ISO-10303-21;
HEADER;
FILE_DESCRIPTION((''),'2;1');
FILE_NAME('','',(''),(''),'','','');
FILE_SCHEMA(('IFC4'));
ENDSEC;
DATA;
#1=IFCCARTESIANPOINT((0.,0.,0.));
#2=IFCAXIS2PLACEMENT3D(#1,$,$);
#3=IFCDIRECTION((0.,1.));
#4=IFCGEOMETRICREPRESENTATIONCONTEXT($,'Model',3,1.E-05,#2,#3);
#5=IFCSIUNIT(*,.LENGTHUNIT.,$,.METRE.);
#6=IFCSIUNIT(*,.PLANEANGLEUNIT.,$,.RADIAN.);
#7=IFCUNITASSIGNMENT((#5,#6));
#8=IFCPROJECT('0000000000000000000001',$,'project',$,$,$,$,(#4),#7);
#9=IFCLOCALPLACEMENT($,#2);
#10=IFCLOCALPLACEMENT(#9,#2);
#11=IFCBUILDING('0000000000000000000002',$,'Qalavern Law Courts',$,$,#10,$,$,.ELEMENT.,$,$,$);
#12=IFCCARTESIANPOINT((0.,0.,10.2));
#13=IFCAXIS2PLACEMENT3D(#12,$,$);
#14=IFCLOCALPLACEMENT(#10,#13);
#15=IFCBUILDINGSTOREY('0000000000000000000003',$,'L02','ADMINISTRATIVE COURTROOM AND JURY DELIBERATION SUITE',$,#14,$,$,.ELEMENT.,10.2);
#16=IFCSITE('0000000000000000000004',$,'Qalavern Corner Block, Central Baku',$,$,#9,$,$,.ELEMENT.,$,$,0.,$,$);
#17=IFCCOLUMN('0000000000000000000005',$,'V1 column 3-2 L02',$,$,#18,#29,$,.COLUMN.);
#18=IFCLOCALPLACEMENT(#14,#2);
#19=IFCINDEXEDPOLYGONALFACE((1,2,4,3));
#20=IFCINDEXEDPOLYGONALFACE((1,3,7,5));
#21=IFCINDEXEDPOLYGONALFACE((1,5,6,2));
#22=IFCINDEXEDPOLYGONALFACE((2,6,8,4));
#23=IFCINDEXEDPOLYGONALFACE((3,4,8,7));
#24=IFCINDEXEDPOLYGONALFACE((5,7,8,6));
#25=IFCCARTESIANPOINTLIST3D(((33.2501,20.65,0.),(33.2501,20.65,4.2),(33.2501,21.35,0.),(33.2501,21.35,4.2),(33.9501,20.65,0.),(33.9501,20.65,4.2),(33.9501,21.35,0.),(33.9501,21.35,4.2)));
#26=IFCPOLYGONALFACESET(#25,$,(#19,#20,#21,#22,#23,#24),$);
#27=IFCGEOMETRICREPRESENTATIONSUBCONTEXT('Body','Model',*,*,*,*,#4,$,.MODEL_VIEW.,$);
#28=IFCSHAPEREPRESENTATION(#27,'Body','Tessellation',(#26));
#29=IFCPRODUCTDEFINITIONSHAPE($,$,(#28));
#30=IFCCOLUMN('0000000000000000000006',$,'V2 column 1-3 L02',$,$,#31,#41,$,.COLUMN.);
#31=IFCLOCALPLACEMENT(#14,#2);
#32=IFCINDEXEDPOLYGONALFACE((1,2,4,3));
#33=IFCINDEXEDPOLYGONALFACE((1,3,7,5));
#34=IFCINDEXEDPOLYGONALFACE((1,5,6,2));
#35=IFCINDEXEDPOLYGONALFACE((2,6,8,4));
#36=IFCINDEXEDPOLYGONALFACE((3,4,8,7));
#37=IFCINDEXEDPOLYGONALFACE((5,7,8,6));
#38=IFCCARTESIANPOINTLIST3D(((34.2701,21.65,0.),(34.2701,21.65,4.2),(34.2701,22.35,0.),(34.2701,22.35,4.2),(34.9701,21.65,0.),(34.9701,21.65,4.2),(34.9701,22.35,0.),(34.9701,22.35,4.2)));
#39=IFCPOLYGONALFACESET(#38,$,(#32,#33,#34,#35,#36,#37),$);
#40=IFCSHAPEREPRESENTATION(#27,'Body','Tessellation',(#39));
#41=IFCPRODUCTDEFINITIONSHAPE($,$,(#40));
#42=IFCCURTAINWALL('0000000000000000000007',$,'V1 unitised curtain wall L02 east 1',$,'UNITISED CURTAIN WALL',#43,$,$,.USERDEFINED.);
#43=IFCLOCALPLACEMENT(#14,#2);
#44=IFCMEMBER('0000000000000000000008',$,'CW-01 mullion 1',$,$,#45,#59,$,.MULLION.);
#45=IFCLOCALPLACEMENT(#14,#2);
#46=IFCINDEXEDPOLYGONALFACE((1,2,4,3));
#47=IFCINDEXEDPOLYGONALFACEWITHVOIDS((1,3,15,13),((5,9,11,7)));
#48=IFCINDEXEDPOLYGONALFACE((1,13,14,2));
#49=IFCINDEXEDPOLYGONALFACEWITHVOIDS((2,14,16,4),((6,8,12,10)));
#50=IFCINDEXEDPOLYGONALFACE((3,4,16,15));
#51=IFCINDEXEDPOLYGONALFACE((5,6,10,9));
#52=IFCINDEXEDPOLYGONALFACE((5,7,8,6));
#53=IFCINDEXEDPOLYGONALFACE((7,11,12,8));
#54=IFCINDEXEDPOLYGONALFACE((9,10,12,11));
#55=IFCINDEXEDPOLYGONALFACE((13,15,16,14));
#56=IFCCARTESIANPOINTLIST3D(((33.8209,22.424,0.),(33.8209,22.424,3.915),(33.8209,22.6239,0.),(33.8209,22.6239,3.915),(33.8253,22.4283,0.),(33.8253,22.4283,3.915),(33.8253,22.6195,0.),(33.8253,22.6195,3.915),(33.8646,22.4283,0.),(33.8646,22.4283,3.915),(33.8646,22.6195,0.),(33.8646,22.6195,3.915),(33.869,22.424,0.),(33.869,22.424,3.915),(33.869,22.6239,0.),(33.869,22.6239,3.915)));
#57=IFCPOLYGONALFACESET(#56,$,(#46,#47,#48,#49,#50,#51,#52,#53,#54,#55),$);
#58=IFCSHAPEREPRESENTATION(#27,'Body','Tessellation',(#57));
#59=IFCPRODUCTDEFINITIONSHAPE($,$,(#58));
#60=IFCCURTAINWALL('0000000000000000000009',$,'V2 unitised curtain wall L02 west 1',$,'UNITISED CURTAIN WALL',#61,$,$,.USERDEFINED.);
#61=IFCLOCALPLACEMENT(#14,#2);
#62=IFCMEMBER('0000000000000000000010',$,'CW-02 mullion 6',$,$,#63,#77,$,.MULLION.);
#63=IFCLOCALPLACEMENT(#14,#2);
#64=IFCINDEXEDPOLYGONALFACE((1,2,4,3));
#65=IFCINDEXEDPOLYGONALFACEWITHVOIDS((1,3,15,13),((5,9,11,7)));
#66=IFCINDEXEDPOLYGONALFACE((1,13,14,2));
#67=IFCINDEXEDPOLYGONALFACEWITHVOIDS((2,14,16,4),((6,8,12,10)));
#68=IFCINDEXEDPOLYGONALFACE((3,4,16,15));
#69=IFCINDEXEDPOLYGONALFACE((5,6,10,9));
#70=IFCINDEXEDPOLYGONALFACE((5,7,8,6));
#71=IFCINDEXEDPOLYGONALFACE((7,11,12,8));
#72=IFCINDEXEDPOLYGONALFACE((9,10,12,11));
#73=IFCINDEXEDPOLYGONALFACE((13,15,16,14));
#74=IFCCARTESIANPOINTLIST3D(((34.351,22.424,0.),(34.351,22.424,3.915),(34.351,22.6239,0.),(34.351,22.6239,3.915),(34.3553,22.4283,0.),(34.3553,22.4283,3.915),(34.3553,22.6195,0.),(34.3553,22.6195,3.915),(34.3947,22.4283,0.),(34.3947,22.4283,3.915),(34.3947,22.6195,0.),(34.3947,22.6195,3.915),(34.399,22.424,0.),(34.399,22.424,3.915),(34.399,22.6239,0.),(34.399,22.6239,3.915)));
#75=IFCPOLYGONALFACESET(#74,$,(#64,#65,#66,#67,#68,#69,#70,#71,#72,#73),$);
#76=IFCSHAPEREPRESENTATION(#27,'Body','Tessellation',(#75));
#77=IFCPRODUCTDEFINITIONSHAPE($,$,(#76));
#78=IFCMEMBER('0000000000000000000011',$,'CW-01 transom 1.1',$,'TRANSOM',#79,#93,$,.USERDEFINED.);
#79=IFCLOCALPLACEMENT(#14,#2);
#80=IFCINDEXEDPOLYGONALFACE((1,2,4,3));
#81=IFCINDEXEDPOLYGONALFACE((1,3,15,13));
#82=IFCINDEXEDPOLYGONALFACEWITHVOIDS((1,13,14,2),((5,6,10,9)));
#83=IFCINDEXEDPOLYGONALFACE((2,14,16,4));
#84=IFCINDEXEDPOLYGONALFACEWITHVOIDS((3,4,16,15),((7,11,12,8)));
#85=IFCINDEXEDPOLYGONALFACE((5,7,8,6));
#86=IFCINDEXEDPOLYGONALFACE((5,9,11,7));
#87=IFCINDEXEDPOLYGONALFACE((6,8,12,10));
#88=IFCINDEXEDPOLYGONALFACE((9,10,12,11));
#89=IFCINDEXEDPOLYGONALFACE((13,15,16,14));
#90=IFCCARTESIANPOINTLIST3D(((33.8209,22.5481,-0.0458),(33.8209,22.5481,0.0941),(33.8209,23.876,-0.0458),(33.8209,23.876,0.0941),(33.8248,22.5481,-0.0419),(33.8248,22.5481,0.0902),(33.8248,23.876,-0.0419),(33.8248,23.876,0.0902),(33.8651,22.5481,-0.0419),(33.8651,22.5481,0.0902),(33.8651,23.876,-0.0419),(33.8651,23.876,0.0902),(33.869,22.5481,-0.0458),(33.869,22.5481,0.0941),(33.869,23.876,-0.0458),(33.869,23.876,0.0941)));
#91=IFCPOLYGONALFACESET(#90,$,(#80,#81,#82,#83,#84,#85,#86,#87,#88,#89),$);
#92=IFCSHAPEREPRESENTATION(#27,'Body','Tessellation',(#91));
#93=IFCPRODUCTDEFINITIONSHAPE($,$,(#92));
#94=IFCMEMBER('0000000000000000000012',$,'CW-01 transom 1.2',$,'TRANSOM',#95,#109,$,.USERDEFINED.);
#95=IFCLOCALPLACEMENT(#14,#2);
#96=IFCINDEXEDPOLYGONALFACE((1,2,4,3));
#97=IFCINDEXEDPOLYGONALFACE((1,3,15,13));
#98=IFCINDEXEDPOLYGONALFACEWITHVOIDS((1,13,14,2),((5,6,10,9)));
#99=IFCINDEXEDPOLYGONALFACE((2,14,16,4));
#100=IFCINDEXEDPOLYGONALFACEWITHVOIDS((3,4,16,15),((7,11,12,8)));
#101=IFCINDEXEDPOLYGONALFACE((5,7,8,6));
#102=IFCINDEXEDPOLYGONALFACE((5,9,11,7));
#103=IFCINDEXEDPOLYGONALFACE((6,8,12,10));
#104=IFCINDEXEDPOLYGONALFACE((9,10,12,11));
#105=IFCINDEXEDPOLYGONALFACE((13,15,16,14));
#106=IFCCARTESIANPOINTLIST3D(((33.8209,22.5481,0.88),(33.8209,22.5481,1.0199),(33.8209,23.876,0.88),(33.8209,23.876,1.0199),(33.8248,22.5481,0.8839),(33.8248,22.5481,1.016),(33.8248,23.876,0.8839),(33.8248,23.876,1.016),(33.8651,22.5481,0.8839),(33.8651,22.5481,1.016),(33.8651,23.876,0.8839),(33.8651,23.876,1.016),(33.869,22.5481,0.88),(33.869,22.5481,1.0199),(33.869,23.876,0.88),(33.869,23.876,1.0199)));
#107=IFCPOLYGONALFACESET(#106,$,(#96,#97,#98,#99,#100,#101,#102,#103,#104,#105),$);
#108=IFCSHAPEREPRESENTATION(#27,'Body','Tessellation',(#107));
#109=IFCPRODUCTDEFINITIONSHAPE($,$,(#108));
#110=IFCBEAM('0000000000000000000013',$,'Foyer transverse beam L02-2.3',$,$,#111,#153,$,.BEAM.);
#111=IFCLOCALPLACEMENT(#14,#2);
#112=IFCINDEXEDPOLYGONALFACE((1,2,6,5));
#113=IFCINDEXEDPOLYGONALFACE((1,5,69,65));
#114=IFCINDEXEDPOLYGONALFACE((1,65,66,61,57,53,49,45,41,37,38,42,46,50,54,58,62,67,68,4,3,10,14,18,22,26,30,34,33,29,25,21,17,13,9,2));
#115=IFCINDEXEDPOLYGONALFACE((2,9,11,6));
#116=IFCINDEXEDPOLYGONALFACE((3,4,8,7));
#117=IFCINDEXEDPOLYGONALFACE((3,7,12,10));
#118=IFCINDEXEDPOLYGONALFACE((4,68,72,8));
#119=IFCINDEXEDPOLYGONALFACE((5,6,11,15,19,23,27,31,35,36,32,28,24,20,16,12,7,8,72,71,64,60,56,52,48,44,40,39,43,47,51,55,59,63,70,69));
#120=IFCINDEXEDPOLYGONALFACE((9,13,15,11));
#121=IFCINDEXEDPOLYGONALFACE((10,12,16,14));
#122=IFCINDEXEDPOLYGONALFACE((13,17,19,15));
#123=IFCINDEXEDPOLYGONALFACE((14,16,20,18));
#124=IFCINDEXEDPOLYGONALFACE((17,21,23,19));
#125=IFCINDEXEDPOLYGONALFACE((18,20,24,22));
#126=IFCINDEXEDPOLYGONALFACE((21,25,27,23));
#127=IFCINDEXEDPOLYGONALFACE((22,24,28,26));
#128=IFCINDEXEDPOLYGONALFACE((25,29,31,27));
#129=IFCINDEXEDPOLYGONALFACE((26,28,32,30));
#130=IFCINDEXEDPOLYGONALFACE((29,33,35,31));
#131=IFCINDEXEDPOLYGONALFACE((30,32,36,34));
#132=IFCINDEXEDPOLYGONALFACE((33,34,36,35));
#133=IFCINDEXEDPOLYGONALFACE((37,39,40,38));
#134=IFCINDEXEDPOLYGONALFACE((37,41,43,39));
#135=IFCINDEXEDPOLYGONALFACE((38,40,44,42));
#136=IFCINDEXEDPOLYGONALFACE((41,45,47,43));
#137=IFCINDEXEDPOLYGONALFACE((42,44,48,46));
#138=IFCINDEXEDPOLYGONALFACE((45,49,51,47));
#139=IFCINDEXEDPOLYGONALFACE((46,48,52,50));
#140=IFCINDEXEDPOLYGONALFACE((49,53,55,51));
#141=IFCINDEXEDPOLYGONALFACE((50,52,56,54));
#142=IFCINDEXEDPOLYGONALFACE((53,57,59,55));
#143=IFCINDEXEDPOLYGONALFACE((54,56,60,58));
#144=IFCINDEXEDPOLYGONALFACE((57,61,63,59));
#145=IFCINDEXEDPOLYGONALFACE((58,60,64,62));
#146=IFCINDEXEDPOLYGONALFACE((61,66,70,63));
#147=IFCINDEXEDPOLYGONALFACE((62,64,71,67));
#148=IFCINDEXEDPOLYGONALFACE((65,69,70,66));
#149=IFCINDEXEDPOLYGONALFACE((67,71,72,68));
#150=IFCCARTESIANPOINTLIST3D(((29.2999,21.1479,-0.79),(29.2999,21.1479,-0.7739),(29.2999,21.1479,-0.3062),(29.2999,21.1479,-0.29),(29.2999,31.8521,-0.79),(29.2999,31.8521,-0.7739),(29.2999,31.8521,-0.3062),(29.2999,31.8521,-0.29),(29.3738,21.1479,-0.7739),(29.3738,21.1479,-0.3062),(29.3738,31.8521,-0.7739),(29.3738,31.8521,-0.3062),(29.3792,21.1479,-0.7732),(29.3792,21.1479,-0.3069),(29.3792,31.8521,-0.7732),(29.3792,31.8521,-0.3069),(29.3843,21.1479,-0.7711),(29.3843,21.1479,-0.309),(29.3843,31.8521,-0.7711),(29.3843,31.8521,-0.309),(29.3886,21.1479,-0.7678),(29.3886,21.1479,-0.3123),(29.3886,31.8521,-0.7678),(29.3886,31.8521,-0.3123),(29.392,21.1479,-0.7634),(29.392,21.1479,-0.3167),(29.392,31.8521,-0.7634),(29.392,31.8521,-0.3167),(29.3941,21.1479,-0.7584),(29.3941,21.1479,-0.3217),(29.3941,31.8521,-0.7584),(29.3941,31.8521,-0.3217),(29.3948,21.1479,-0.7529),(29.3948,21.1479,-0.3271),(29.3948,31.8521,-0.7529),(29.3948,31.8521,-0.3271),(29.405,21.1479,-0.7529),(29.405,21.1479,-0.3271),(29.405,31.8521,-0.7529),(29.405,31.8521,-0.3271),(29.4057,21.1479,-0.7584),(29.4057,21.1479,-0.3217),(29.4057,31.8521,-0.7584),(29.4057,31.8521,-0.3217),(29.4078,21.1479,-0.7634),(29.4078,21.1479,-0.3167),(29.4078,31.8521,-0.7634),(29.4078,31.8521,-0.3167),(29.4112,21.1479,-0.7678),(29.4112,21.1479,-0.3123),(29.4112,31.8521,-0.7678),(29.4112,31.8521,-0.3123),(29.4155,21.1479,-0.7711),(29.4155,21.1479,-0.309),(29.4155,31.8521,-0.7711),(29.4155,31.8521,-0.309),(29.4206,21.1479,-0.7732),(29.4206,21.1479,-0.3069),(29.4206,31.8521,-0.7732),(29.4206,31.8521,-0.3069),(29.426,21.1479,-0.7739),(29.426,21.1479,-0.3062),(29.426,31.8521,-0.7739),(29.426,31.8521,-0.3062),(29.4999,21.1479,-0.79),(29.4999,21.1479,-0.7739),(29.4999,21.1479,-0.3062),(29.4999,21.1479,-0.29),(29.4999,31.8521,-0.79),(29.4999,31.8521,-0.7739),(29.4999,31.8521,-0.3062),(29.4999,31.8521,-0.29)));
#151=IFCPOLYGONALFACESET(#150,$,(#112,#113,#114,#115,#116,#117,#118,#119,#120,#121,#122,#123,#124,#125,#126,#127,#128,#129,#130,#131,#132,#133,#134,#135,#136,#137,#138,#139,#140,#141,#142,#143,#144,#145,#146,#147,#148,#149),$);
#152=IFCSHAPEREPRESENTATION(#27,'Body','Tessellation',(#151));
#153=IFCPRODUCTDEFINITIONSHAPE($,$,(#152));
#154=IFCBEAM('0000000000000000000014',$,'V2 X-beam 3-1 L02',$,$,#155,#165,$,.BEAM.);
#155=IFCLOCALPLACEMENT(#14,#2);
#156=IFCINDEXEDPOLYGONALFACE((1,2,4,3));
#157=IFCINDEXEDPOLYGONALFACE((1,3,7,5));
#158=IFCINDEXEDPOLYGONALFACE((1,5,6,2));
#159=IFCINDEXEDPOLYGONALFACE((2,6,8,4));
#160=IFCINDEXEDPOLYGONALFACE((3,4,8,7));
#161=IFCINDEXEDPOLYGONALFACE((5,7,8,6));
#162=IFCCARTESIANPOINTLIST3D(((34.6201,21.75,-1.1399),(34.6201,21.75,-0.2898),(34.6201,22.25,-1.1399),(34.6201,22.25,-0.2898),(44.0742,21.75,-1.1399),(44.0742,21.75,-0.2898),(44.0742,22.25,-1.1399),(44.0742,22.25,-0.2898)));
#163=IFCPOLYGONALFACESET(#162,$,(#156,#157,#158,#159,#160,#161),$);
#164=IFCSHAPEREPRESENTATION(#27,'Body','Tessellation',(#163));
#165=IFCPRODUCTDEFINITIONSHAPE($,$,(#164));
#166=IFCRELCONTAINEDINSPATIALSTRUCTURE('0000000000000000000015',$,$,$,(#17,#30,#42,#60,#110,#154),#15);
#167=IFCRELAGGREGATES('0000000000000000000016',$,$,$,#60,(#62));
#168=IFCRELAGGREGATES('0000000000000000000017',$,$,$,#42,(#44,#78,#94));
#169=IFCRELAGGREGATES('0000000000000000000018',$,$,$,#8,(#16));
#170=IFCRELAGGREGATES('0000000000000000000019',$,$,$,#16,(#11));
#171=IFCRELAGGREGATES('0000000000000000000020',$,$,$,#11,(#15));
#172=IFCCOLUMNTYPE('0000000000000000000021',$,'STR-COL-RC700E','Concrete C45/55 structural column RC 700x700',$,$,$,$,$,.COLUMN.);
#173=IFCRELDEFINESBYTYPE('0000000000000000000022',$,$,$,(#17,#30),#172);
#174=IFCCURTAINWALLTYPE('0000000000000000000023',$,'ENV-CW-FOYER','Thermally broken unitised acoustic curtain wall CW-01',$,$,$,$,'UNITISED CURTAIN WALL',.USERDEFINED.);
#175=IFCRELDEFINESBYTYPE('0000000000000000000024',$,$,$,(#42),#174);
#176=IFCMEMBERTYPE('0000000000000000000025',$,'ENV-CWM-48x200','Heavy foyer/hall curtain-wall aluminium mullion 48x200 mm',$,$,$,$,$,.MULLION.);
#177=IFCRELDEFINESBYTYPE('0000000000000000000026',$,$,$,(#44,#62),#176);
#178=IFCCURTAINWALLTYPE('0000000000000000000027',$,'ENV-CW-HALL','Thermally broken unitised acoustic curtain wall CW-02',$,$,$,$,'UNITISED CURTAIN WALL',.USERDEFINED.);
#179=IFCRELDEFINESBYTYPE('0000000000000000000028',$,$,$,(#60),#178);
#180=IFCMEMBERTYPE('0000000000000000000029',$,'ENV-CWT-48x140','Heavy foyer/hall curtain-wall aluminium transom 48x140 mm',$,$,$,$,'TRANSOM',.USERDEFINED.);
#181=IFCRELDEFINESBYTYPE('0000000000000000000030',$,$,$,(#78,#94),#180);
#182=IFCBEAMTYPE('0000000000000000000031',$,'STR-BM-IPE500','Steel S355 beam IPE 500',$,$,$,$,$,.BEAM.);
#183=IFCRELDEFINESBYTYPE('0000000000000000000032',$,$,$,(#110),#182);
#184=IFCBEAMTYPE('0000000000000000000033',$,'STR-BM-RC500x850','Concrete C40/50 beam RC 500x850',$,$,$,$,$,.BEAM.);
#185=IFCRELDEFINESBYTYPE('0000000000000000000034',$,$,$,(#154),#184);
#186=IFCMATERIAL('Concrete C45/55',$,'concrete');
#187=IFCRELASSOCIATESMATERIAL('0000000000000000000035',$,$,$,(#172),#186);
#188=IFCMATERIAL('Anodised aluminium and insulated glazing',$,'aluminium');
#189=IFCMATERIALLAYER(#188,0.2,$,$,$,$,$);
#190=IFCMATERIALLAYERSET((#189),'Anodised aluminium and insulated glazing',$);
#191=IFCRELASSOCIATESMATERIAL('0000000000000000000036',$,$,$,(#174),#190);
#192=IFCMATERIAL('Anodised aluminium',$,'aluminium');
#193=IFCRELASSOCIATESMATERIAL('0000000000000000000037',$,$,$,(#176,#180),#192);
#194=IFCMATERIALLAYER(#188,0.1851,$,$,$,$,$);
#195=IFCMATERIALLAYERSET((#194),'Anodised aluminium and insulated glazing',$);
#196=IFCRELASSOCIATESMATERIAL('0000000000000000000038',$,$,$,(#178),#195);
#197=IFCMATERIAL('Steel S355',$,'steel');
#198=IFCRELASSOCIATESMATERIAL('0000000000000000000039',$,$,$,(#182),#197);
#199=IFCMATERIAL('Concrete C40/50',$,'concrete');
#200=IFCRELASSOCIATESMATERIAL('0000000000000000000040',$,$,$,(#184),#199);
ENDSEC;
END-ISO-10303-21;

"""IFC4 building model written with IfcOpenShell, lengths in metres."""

from ifc_helpers import new_model, si_unit, direction, frame, origin, origin_2d, place, context, subcontext, project, spatial, rectangle, hollow_rectangle, i_section, extrude, material, layer, layer_set, material_profile, profile_set, type_object, element, aggregate, save


model = new_model("IFC4")

# Units and contexts
model_context = context("Model", 3, precision=1e-05, world=origin(), true_north=direction((0.0, 1.0)))
body_context = subcontext(model_context, "Body", "Model", "MODEL_VIEW")
ifc_project = project(units=[si_unit("LENGTHUNIT", "METRE"), si_unit("PLANEANGLEUNIT", "RADIAN")], contexts=[model_context])

# Site, building, storey
site_placement = place(None, origin())
site = spatial("IfcSite", under=ifc_project, at=site_placement, Name="Qalavern Corner Block, Central Baku", CompositionType="ELEMENT", RefElevation=0.0)
building_placement = place(site_placement, origin())
building = spatial("IfcBuilding", under=site, at=building_placement, Name="Qalavern Law Courts", CompositionType="ELEMENT")
storey_placement = place(building_placement, frame((0.0, 0.0, 10.2)))
storey = spatial("IfcBuildingStorey", under=building, at=storey_placement, Name="L02", Description="ADMINISTRATIVE COURTROOM AND JURY DELIBERATION SUITE", CompositionType="ELEMENT", Elevation=10.2)

# Columns
ifc_material_1 = material(Name="Concrete C45/55", Category="concrete")
ifc_material_profile_1 = material_profile(ifc_material_1, rectangle(XDim=0.7, YDim=0.7, at=origin_2d()), Name="RC 700x700")
ifc_profile_set_1 = profile_set([ifc_material_profile_1], Name="Concrete C45/55")
column_type = type_object("IfcColumnType", Name="STR-COL-RC700E", Description="Concrete C45/55 structural column RC 700x700", PredefinedType="COLUMN", material=ifc_profile_set_1)
for number, where, z_axis, x_axis, name in (
    (1, (33.6001, 21.0, 0.0), (0.0, 0.0, 1.0), (1.0, 0.0, 0.0), "V1 column 3-2 L02"),
    (2, (34.6201, 22.0, 0.0), (0.0, 0.0, 1.0), (1.0, 0.0, 0.0), "V2 column 1-3 L02"),
):
    element("IfcColumn", number, at=place(storey_placement, frame(where, z_axis=z_axis, x_axis=x_axis)), inside=storey, type_object=column_type, Name=name, PredefinedType="COLUMN", context=body_context, shape_type="SweptSolid", body=[
        extrude(rectangle(XDim=0.7, YDim=0.7, at=origin_2d()), origin(), (0.0, 0.0, 1.0), 4.2),
    ])

# Curtain walls, members
ifc_material_2 = material(Name="Anodised aluminium and insulated glazing", Category="aluminium")
ifc_layer_1 = layer(ifc_material_2, 0.2)
ifc_layer_set_1 = layer_set([ifc_layer_1], Name="Anodised aluminium and insulated glazing")
curtain_wall_type_1 = type_object("IfcCurtainWallType", Name="ENV-CW-FOYER", Description="Thermally broken unitised acoustic curtain wall CW-01", ElementType="UNITISED CURTAIN WALL", PredefinedType="USERDEFINED", material=ifc_layer_set_1)
curtain_wall_1_placement = place(storey_placement, origin())
curtain_wall_1 = element("IfcCurtainWall", 3, at=curtain_wall_1_placement, inside=storey, type_object=curtain_wall_type_1, Name="V1 unitised curtain wall L02 east 1", ObjectType="UNITISED CURTAIN WALL", PredefinedType="USERDEFINED")
ifc_material_3 = material(Name="Anodised aluminium", Category="aluminium")
ifc_material_profile_2 = material_profile(ifc_material_3, hollow_rectangle(XDim=0.0481, YDim=0.2, WallThickness=0.0044, at=origin_2d()), Name="ALU MULLION 48x200")
ifc_profile_set_2 = profile_set([ifc_material_profile_2], Name="Anodised aluminium")
member_type_1 = type_object("IfcMemberType", Name="ENV-CWM-48x200", Description="Heavy foyer/hall curtain-wall aluminium mullion 48x200 mm", PredefinedType="MULLION", material=ifc_profile_set_2)
member_1_placement = place(storey_placement, frame((33.845, 22.5239, 0.0), z_axis=(0.0, 0.0, 1.0), x_axis=(-1.0, 0.0, 0.0)))
member_1 = element("IfcMember", 4, at=member_1_placement, type_object=member_type_1, Name="CW-01 mullion 1", PredefinedType="MULLION", context=body_context, shape_type="SweptSolid", body=[
    extrude(hollow_rectangle(XDim=0.0481, YDim=0.2, WallThickness=0.0044, at=origin_2d()), origin(), (0.0, 0.0, 1.0), 3.915),
])
ifc_layer_2 = layer(ifc_material_2, 0.1851)
ifc_layer_set_2 = layer_set([ifc_layer_2], Name="Anodised aluminium and insulated glazing")
curtain_wall_type_2 = type_object("IfcCurtainWallType", Name="ENV-CW-HALL", Description="Thermally broken unitised acoustic curtain wall CW-02", ElementType="UNITISED CURTAIN WALL", PredefinedType="USERDEFINED", material=ifc_layer_set_2)
curtain_wall_2_placement = place(storey_placement, origin())
curtain_wall_2 = element("IfcCurtainWall", 5, at=curtain_wall_2_placement, inside=storey, type_object=curtain_wall_type_2, Name="V2 unitised curtain wall L02 west 1", ObjectType="UNITISED CURTAIN WALL", PredefinedType="USERDEFINED")
member_2_placement = place(storey_placement, frame((34.375, 22.5239, 0.0), z_axis=(0.0, 0.0, 1.0), x_axis=(1.0, 0.0, 0.0)))
member_2 = element("IfcMember", 6, at=member_2_placement, type_object=member_type_1, Name="CW-02 mullion 6", PredefinedType="MULLION", context=body_context, shape_type="SweptSolid", body=[
    extrude(hollow_rectangle(XDim=0.0481, YDim=0.2, WallThickness=0.0044, at=origin_2d()), origin(), (0.0, 0.0, 1.0), 3.915),
])
aggregate(curtain_wall_2, [member_2])

# Members
ifc_material_profile_3 = material_profile(ifc_material_3, hollow_rectangle(XDim=0.0481, YDim=0.1399, WallThickness=0.0039, at=origin_2d()), Name="ALU TRANSOM 48x140")
ifc_profile_set_3 = profile_set([ifc_material_profile_3], Name="Anodised aluminium")
member_type_2 = type_object("IfcMemberType", Name="ENV-CWT-48x140", Description="Heavy foyer/hall curtain-wall aluminium transom 48x140 mm", ElementType="TRANSOM", PredefinedType="USERDEFINED", material=ifc_profile_set_3)
member_3_placement = place(storey_placement, frame((33.845, 22.5481, 0.0242), z_axis=(0.0, 1.0, 0.0), x_axis=(-1.0, 0.0, 0.0)))
member_3 = element("IfcMember", 7, at=member_3_placement, type_object=member_type_2, Name="CW-01 transom 1.1", ObjectType="TRANSOM", PredefinedType="USERDEFINED", context=body_context, shape_type="SweptSolid", body=[
    extrude(hollow_rectangle(XDim=0.0481, YDim=0.1399, WallThickness=0.0039, at=origin_2d()), origin(), (0.0, 0.0, 1.0), 1.3279),
])
member_4_placement = place(storey_placement, frame((33.845, 22.5481, 0.95), z_axis=(0.0, 1.0, 0.0), x_axis=(-1.0, 0.0, 0.0)))
member_4 = element("IfcMember", 8, at=member_4_placement, type_object=member_type_2, Name="CW-01 transom 1.2", ObjectType="TRANSOM", PredefinedType="USERDEFINED", context=body_context, shape_type="SweptSolid", body=[
    extrude(hollow_rectangle(XDim=0.0481, YDim=0.1399, WallThickness=0.0039, at=origin_2d()), origin(), (0.0, 0.0, 1.0), 1.3279),
])
aggregate(curtain_wall_1, [member_1, member_3, member_4])

# Beams
ifc_material_4 = material(Name="Steel S355", Category="steel")
ifc_material_profile_4 = material_profile(ifc_material_4, i_section(OverallWidth=0.2, OverallDepth=0.5, WebThickness=0.0103, FlangeThickness=0.0161, FilletRadius=0.021, at=origin_2d()), Name="IPE 500")
ifc_profile_set_4 = profile_set([ifc_material_profile_4], Name="Steel S355")
beam_type_1 = type_object("IfcBeamType", Name="STR-BM-IPE500", Description="Steel S355 beam IPE 500", PredefinedType="BEAM", material=ifc_profile_set_4)
beam_1_placement = place(storey_placement, frame((29.3999, 21.1479, -0.54), z_axis=(0.0, 1.0, 0.0), x_axis=(-1.0, 0.0, 0.0)))
element("IfcBeam", 9, at=beam_1_placement, inside=storey, type_object=beam_type_1, Name="Foyer transverse beam L02-2.3", PredefinedType="BEAM", context=body_context, shape_type="SweptSolid", body=[
    extrude(i_section(OverallWidth=0.2, OverallDepth=0.5, WebThickness=0.0103, FlangeThickness=0.0161, FilletRadius=0.021, at=origin_2d()), origin(), (0.0, 0.0, 1.0), 10.7041),
])
ifc_material_5 = material(Name="Concrete C40/50", Category="concrete")
ifc_material_profile_5 = material_profile(ifc_material_5, rectangle(XDim=0.5, YDim=0.8501, at=origin_2d()), Name="RC 500x850")
ifc_profile_set_5 = profile_set([ifc_material_profile_5], Name="Concrete C40/50")
beam_type_2 = type_object("IfcBeamType", Name="STR-BM-RC500x850", Description="Concrete C40/50 beam RC 500x850", PredefinedType="BEAM", material=ifc_profile_set_5)
beam_2_placement = place(storey_placement, frame((34.6201, 22.0, -0.7148), z_axis=(1.0, 0.0, 0.0), x_axis=(0.0, 1.0, 0.0)))
element("IfcBeam", 10, at=beam_2_placement, inside=storey, type_object=beam_type_2, Name="V2 X-beam 3-1 L02", PredefinedType="BEAM", context=body_context, shape_type="SweptSolid", body=[
    extrude(rectangle(XDim=0.5, YDim=0.8501, at=origin_2d()), origin(), (0.0, 0.0, 1.0), 9.4541),
])

save(model, "model.ifc")
